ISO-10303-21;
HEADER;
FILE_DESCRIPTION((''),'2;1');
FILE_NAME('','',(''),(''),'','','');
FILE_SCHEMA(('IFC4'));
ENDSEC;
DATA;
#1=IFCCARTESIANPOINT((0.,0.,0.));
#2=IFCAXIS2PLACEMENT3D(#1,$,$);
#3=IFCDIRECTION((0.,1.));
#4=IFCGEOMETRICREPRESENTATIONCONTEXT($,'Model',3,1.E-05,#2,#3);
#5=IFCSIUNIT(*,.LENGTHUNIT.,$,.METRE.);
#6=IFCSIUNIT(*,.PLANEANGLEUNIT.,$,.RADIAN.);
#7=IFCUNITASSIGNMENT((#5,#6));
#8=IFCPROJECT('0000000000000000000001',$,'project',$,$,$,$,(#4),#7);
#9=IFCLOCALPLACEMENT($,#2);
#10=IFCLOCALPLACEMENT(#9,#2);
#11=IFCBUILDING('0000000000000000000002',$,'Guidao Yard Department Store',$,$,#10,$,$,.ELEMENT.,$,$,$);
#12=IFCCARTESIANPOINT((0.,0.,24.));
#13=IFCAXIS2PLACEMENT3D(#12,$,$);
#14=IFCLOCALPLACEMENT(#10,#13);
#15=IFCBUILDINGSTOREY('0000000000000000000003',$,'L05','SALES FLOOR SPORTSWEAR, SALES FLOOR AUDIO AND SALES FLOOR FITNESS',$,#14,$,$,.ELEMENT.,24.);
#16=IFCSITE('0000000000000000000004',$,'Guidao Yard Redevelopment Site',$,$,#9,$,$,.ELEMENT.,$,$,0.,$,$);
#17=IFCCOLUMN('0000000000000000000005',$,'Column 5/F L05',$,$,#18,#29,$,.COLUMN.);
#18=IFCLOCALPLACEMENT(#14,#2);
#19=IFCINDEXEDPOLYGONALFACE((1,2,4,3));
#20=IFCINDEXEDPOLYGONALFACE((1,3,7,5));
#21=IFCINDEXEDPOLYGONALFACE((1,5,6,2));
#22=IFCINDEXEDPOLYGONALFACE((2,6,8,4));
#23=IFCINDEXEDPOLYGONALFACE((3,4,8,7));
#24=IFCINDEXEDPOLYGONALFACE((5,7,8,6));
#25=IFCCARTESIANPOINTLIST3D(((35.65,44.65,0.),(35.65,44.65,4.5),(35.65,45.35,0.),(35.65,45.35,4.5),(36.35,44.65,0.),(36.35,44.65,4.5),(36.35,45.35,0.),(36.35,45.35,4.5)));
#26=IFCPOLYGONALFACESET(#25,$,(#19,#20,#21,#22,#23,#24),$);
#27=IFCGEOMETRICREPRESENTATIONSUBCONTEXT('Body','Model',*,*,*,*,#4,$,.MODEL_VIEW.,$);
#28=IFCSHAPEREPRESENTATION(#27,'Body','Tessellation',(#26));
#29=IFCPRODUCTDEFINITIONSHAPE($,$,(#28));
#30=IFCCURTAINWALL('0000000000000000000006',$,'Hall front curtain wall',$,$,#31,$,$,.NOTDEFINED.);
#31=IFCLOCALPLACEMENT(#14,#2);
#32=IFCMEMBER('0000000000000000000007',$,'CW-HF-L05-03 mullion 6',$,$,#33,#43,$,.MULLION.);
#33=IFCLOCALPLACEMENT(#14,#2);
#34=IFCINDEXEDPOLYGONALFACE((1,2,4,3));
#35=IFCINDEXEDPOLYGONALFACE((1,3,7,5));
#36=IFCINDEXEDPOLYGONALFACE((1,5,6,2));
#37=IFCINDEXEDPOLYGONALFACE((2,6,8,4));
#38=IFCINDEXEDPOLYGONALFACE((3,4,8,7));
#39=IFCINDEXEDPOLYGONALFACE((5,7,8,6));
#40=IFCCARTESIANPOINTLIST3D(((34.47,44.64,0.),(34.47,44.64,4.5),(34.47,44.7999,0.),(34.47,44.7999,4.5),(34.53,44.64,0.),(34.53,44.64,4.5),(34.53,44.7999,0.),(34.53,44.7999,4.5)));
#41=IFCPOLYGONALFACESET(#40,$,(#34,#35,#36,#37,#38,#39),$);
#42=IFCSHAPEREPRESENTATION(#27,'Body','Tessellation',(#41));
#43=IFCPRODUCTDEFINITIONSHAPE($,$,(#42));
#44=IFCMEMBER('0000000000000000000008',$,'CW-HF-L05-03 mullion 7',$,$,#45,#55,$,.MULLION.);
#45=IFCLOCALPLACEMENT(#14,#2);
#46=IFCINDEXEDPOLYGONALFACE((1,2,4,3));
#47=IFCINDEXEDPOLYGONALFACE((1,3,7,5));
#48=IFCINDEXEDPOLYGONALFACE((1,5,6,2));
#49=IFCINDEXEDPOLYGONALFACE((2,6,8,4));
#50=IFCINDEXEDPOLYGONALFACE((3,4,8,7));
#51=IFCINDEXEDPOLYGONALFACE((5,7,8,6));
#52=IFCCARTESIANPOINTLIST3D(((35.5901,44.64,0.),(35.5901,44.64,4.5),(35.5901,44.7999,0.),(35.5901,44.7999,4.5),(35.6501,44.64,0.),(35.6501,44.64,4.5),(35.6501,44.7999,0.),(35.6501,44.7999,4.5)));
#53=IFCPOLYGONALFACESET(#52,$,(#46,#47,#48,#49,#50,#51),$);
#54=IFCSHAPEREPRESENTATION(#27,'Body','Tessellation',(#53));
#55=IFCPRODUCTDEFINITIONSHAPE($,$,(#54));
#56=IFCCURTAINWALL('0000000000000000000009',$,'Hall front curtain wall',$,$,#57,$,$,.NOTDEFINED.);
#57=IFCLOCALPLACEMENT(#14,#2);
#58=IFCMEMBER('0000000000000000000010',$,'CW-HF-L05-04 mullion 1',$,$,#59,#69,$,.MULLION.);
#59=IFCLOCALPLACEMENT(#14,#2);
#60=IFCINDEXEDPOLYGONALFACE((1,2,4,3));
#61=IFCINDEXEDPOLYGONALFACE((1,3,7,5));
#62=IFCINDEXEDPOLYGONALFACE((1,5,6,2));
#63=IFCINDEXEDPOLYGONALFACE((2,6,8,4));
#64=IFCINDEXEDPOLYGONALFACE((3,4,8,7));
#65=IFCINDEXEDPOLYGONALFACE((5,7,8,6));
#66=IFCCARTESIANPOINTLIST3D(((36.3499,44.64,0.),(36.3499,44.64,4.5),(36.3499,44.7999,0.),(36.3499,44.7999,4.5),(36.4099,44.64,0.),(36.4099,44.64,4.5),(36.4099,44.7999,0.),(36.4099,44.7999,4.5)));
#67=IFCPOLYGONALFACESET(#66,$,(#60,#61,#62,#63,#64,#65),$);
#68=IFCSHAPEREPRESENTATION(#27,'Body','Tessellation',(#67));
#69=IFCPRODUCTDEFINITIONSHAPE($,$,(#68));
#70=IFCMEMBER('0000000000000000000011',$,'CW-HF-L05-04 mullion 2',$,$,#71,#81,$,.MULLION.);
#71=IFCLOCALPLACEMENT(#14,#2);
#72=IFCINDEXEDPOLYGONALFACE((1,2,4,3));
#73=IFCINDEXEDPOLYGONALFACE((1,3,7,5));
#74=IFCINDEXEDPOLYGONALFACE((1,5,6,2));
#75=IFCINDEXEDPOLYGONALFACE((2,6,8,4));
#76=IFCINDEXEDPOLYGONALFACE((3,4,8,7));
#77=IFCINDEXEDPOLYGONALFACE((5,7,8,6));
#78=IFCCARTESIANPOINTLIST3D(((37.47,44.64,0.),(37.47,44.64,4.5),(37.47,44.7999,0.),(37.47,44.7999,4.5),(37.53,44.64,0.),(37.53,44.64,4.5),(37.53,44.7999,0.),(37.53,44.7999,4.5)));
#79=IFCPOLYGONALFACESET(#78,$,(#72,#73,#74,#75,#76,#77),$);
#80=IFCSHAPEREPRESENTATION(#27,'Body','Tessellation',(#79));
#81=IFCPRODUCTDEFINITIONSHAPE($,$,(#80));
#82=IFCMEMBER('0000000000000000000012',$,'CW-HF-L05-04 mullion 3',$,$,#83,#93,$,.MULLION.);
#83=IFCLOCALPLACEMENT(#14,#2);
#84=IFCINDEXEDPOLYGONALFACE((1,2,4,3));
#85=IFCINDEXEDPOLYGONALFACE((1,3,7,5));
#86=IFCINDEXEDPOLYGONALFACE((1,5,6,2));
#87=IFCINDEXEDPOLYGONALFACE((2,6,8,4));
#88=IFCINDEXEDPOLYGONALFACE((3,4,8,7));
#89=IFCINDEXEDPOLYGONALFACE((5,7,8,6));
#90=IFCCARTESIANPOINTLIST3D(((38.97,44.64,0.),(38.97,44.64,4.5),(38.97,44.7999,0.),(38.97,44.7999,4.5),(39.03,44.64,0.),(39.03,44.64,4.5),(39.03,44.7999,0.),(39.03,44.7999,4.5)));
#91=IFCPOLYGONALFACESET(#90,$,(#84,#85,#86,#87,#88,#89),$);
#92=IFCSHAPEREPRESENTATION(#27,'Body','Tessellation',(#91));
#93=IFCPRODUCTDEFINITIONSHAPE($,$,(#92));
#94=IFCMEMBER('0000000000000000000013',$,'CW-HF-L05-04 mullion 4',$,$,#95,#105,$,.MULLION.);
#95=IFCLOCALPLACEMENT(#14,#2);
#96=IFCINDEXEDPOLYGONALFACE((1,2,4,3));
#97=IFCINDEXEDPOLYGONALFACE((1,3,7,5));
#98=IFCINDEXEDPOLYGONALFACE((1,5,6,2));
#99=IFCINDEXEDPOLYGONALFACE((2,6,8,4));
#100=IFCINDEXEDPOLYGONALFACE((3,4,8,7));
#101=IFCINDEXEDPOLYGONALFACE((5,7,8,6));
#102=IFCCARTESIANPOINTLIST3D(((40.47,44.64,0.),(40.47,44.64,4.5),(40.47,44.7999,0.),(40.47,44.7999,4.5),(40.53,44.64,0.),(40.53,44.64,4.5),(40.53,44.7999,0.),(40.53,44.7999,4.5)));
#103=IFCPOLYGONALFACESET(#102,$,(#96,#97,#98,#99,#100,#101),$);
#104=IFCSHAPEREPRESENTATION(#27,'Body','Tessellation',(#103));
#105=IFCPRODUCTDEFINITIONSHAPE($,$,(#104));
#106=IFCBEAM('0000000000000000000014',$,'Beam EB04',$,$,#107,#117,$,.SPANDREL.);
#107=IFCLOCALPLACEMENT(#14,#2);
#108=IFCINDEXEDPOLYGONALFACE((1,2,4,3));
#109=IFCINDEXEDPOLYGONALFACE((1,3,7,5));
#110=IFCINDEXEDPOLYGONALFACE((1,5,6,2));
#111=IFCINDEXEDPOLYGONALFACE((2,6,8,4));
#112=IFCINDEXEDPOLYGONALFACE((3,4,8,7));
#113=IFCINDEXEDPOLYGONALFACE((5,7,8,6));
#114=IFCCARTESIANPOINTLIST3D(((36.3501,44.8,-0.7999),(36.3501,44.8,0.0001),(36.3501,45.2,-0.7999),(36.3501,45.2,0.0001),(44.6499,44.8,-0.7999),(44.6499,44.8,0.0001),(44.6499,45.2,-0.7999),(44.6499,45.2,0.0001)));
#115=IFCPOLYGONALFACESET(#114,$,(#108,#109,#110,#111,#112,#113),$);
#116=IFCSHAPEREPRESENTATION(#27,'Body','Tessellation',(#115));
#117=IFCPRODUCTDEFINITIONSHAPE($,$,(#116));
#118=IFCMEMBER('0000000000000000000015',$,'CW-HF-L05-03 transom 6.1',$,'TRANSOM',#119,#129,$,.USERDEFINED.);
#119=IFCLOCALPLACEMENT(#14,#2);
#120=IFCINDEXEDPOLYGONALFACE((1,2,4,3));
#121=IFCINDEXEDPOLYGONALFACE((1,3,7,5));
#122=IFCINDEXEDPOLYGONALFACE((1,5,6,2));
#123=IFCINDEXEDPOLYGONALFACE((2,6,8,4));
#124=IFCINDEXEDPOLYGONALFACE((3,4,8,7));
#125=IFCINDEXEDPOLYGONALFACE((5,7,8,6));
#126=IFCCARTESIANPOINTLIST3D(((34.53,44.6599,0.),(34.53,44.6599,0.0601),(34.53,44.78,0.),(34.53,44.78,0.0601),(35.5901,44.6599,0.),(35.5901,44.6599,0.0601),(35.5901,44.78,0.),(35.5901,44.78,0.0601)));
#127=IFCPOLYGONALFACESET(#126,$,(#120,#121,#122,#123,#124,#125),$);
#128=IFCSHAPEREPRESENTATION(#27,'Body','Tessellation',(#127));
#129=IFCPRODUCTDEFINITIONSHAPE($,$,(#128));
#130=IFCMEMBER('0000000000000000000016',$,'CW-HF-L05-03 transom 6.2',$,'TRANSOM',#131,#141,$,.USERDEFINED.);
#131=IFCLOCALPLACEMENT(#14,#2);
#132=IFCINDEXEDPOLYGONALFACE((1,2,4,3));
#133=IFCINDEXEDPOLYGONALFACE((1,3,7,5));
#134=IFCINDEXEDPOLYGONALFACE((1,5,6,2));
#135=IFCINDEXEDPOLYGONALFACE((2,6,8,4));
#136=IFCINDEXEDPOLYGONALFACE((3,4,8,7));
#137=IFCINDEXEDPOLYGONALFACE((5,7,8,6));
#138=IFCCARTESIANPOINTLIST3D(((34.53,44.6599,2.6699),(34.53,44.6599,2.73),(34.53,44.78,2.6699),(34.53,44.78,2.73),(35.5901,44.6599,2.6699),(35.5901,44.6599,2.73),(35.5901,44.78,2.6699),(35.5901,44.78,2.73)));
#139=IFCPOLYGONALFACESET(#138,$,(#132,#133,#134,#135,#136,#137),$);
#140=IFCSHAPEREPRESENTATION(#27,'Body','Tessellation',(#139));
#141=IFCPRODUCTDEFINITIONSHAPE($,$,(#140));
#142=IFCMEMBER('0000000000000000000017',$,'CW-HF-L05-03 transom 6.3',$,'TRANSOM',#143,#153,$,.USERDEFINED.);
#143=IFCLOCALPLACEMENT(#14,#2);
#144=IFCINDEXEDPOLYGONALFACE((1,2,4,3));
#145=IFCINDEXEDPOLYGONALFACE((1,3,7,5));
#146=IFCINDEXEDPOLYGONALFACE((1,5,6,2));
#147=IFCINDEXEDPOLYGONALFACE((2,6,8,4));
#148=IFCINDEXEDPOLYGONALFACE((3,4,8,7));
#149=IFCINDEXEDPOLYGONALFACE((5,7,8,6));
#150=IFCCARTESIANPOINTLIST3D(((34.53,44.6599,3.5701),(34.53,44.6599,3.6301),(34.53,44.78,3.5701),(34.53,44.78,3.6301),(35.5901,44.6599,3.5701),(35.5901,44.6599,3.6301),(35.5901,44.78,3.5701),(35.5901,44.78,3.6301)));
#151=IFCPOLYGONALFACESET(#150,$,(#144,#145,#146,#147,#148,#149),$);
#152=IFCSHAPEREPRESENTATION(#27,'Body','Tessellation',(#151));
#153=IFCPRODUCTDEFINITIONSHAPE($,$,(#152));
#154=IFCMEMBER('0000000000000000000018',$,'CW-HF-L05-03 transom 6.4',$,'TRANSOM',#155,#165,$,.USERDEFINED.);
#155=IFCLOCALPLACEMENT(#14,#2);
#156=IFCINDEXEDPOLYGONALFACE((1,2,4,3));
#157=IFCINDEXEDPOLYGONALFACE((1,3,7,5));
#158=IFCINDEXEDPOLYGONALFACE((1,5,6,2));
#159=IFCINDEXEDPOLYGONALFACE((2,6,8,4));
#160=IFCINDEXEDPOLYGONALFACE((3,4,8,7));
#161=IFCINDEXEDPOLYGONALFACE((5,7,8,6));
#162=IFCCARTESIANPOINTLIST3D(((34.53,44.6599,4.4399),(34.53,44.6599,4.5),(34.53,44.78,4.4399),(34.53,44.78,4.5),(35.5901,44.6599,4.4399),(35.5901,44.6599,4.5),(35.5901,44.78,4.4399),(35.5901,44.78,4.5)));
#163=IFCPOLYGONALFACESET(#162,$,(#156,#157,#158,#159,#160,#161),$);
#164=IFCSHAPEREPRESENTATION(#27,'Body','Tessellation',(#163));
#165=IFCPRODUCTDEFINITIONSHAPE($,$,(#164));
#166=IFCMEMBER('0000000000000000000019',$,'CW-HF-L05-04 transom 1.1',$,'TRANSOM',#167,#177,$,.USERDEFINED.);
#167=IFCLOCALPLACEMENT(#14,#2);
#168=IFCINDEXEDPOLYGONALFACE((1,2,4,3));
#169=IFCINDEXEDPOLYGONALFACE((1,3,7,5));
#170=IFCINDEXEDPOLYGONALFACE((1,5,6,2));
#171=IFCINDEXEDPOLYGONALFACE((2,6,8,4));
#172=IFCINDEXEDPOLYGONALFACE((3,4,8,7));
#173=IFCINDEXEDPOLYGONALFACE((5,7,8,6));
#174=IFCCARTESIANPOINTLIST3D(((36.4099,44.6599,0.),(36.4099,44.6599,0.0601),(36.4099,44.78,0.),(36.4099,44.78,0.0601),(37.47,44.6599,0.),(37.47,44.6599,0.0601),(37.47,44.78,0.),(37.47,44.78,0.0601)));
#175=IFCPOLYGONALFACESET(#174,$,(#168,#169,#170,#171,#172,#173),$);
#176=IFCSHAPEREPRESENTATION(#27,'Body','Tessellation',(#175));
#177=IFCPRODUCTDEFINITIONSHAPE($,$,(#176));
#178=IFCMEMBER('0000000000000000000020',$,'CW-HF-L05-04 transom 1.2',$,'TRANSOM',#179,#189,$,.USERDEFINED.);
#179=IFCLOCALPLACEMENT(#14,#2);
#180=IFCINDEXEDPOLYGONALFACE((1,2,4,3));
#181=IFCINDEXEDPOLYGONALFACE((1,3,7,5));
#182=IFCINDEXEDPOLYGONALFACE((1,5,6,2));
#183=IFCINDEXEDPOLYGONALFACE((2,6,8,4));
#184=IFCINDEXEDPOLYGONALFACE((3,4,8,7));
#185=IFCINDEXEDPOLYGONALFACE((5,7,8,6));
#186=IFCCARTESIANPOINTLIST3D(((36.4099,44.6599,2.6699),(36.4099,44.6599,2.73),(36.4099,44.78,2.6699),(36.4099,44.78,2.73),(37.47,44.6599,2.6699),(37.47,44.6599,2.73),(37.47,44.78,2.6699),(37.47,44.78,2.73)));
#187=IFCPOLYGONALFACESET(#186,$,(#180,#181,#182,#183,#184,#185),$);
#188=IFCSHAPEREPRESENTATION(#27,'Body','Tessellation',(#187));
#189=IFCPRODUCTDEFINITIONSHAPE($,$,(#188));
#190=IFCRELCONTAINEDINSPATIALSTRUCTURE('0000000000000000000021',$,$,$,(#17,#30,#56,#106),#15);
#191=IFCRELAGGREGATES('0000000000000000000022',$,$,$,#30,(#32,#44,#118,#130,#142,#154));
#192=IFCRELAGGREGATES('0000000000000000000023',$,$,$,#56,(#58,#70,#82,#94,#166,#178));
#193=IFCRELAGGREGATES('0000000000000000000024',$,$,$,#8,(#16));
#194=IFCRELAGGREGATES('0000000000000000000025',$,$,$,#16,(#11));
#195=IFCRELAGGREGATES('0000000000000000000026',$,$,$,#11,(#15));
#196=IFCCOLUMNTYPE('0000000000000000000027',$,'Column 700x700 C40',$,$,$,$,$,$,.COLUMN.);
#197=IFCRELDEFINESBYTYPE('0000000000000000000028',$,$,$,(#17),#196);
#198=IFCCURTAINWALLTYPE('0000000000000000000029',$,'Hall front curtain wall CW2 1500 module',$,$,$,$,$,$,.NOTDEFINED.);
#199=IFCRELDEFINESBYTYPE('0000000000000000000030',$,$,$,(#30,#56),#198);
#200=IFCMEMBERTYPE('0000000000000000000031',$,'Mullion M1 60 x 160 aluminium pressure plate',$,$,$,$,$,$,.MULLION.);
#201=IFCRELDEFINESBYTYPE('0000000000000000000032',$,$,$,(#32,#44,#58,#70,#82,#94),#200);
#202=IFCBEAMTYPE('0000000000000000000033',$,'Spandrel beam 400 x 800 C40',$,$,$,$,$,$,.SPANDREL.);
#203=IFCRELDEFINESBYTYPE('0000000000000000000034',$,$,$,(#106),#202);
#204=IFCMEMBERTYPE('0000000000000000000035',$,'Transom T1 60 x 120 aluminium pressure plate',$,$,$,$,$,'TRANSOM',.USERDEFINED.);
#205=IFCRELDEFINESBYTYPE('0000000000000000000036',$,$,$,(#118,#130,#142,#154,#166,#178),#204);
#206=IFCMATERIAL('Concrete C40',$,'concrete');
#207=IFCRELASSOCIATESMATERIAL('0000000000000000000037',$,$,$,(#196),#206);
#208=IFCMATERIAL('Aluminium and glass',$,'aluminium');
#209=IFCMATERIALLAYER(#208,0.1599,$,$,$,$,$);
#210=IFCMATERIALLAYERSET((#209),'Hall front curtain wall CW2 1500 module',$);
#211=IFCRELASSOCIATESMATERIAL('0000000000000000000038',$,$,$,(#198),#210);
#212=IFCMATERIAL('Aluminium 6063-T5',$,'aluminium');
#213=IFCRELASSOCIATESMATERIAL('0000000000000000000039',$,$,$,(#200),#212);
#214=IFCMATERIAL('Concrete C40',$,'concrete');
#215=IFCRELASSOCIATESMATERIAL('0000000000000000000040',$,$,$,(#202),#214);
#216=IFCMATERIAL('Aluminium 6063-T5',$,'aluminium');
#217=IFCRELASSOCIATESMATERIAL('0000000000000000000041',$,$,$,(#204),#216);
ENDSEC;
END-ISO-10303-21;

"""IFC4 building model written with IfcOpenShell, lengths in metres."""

from ifc_helpers import new_model, si_unit, direction, frame, origin, origin_2d, place, context, subcontext, project, spatial, rectangle, extrude, material, layer, layer_set, material_profile, profile_set, type_object, element, aggregate, save


model = new_model("IFC4")

# Units and contexts
model_context = context("Model", 3, precision=1e-05, world=origin(), true_north=direction((0.0, 1.0)))
body_context = subcontext(model_context, "Body", "Model", "MODEL_VIEW")
ifc_project = project(units=[si_unit("LENGTHUNIT", "METRE"), si_unit("PLANEANGLEUNIT", "RADIAN")], contexts=[model_context])

# Site, building, storey
site_placement = place(None, origin())
site = spatial("IfcSite", under=ifc_project, at=site_placement, Name="Guidao Yard Redevelopment Site", CompositionType="ELEMENT", RefElevation=0.0)
building_placement = place(site_placement, origin())
building = spatial("IfcBuilding", under=site, at=building_placement, Name="Guidao Yard Department Store", CompositionType="ELEMENT")
storey_placement = place(building_placement, frame((0.0, 0.0, 24.0)))
storey = spatial("IfcBuildingStorey", under=building, at=storey_placement, Name="L05", Description="SALES FLOOR SPORTSWEAR, SALES FLOOR AUDIO AND SALES FLOOR FITNESS", CompositionType="ELEMENT", Elevation=24.0)

# Column
ifc_material_1 = material(Name="Concrete C40", Category="concrete")
ifc_material_profile_1 = material_profile(ifc_material_1, rectangle(XDim=0.7, YDim=0.7, at=origin_2d()), Name="COL 700x700")
ifc_profile_set_1 = profile_set([ifc_material_profile_1], Name="Concrete C40")
column_type = type_object("IfcColumnType", Name="Column 700x700 C40", PredefinedType="COLUMN", material=ifc_profile_set_1)
column_placement = place(storey_placement, frame((36.0, 45.0, 0.0), z_axis=(0.0, 0.0, 1.0), x_axis=(1.0, 0.0, 0.0)))
element("IfcColumn", 1, at=column_placement, inside=storey, type_object=column_type, Name="Column 5/F L05", PredefinedType="COLUMN", context=body_context, shape_type="SweptSolid", body=[
    extrude(rectangle(XDim=0.7, YDim=0.7, at=origin_2d()), origin(), (0.0, 0.0, 1.0), 4.5),
])

# Curtain walls, members
ifc_material_2 = material(Name="Aluminium and glass", Category="aluminium")
ifc_layer_1 = layer(ifc_material_2, 0.1599)
ifc_layer_set_1 = layer_set([ifc_layer_1], Name="Hall front curtain wall CW2 1500 module")
curtain_wall_type = type_object("IfcCurtainWallType", Name="Hall front curtain wall CW2 1500 module", PredefinedType="NOTDEFINED", material=ifc_layer_set_1)
curtain_wall_1_placement = place(storey_placement, origin())
curtain_wall_1 = element("IfcCurtainWall", 2, at=curtain_wall_1_placement, inside=storey, type_object=curtain_wall_type, Name="Hall front curtain wall", PredefinedType="NOTDEFINED")
ifc_material_3 = material(Name="Aluminium 6063-T5", Category="aluminium")
ifc_material_profile_2 = material_profile(ifc_material_3, rectangle(XDim=0.0601, YDim=0.1599, at=origin_2d()), Name="Mullion M1 60 x 160 aluminium pressure plate")
ifc_profile_set_2 = profile_set([ifc_material_profile_2], Name="Aluminium 6063-T5")
member_type_1 = type_object("IfcMemberType", Name="Mullion M1 60 x 160 aluminium pressure plate", PredefinedType="MULLION", material=ifc_profile_set_2)
member_1_placement = place(storey_placement, frame((34.5, 44.72, 0.0), z_axis=(0.0, 0.0, 1.0), x_axis=(-1.0, 0.0, 0.0)))
member_1 = element("IfcMember", 3, at=member_1_placement, type_object=member_type_1, Name="CW-HF-L05-03 mullion 6", PredefinedType="MULLION", context=body_context, shape_type="SweptSolid", body=[
    extrude(rectangle(XDim=0.0601, YDim=0.1599, at=origin_2d()), origin(), (0.0, 0.0, 1.0), 4.5),
])
member_2_placement = place(storey_placement, frame((35.6201, 44.72, 0.0), z_axis=(0.0, 0.0, 1.0), x_axis=(-1.0, 0.0, 0.0)))
member_2 = element("IfcMember", 4, at=member_2_placement, type_object=member_type_1, Name="CW-HF-L05-03 mullion 7", PredefinedType="MULLION", context=body_context, shape_type="SweptSolid", body=[
    extrude(rectangle(XDim=0.0601, YDim=0.1599, at=origin_2d()), origin(), (0.0, 0.0, 1.0), 4.5),
])
curtain_wall_2_placement = place(storey_placement, origin())
curtain_wall_2 = element("IfcCurtainWall", 5, at=curtain_wall_2_placement, inside=storey, type_object=curtain_wall_type, Name="Hall front curtain wall", PredefinedType="NOTDEFINED")
member_3_placement = place(storey_placement, frame((36.3799, 44.72, 0.0), z_axis=(0.0, 0.0, 1.0), x_axis=(-1.0, 0.0, 0.0)))
member_3 = element("IfcMember", 6, at=member_3_placement, type_object=member_type_1, Name="CW-HF-L05-04 mullion 1", PredefinedType="MULLION", context=body_context, shape_type="SweptSolid", body=[
    extrude(rectangle(XDim=0.0601, YDim=0.1599, at=origin_2d()), origin(), (0.0, 0.0, 1.0), 4.5),
])
member_4_placement = place(storey_placement, frame((37.5, 44.72, 0.0), z_axis=(0.0, 0.0, 1.0), x_axis=(-1.0, 0.0, 0.0)))
member_4 = element("IfcMember", 7, at=member_4_placement, type_object=member_type_1, Name="CW-HF-L05-04 mullion 2", PredefinedType="MULLION", context=body_context, shape_type="SweptSolid", body=[
    extrude(rectangle(XDim=0.0601, YDim=0.1599, at=origin_2d()), origin(), (0.0, 0.0, 1.0), 4.5),
])
member_5_placement = place(storey_placement, frame((39.0, 44.72, 0.0), z_axis=(0.0, 0.0, 1.0), x_axis=(-1.0, 0.0, 0.0)))
member_5 = element("IfcMember", 8, at=member_5_placement, type_object=member_type_1, Name="CW-HF-L05-04 mullion 3", PredefinedType="MULLION", context=body_context, shape_type="SweptSolid", body=[
    extrude(rectangle(XDim=0.0601, YDim=0.1599, at=origin_2d()), origin(), (0.0, 0.0, 1.0), 4.5),
])
member_6_placement = place(storey_placement, frame((40.5, 44.72, 0.0), z_axis=(0.0, 0.0, 1.0), x_axis=(-1.0, 0.0, 0.0)))
member_6 = element("IfcMember", 9, at=member_6_placement, type_object=member_type_1, Name="CW-HF-L05-04 mullion 4", PredefinedType="MULLION", context=body_context, shape_type="SweptSolid", body=[
    extrude(rectangle(XDim=0.0601, YDim=0.1599, at=origin_2d()), origin(), (0.0, 0.0, 1.0), 4.5),
])

# Beam
ifc_material_4 = material(Name="Concrete C40", Category="concrete")
ifc_material_profile_3 = material_profile(ifc_material_4, rectangle(XDim=0.3999, YDim=0.8, at=origin_2d()), Name="Spandrel beam 400 x 800 C40")
ifc_profile_set_3 = profile_set([ifc_material_profile_3], Name="Concrete C40")
beam_type = type_object("IfcBeamType", Name="Spandrel beam 400 x 800 C40", PredefinedType="SPANDREL", material=ifc_profile_set_3)
beam_placement = place(storey_placement, frame((36.3501, 45.0, -0.3999), z_axis=(1.0, 0.0, 0.0), x_axis=(0.0, 1.0, 0.0)))
element("IfcBeam", 10, at=beam_placement, inside=storey, type_object=beam_type, Name="Beam EB04", PredefinedType="SPANDREL", context=body_context, shape_type="SweptSolid", body=[
    extrude(rectangle(XDim=0.3999, YDim=0.8, at=origin_2d()), origin(), (0.0, 0.0, 1.0), 8.2998),
])

# Members
ifc_material_5 = material(Name="Aluminium 6063-T5", Category="aluminium")
ifc_material_profile_4 = material_profile(ifc_material_5, rectangle(XDim=0.1201, YDim=0.0601, at=origin_2d()), Name="Transom T1 60 x 120 aluminium pressure plate")
ifc_profile_set_4 = profile_set([ifc_material_profile_4], Name="Aluminium 6063-T5")
member_type_2 = type_object("IfcMemberType", Name="Transom T1 60 x 120 aluminium pressure plate", ElementType="TRANSOM", PredefinedType="USERDEFINED", material=ifc_profile_set_4)
member_7_placement = place(storey_placement, frame((35.5901, 44.72, 0.03), z_axis=(-1.0, 0.0, 0.0), x_axis=(0.0, -1.0, 0.0)))
member_7 = element("IfcMember", 11, at=member_7_placement, type_object=member_type_2, Name="CW-HF-L05-03 transom 6.1", ObjectType="TRANSOM", PredefinedType="USERDEFINED", context=body_context, shape_type="SweptSolid", body=[
    extrude(rectangle(XDim=0.1201, YDim=0.0601, at=origin_2d()), origin(), (0.0, 0.0, 1.0), 1.0601),
])
member_8_placement = place(storey_placement, frame((35.5901, 44.72, 2.7), z_axis=(-1.0, 0.0, 0.0), x_axis=(0.0, -1.0, 0.0)))
member_8 = element("IfcMember", 12, at=member_8_placement, type_object=member_type_2, Name="CW-HF-L05-03 transom 6.2", ObjectType="TRANSOM", PredefinedType="USERDEFINED", context=body_context, shape_type="SweptSolid", body=[
    extrude(rectangle(XDim=0.1201, YDim=0.0601, at=origin_2d()), origin(), (0.0, 0.0, 1.0), 1.0601),
])
member_9_placement = place(storey_placement, frame((35.5901, 44.72, 3.6001), z_axis=(-1.0, 0.0, 0.0), x_axis=(0.0, -1.0, 0.0)))
member_9 = element("IfcMember", 13, at=member_9_placement, type_object=member_type_2, Name="CW-HF-L05-03 transom 6.3", ObjectType="TRANSOM", PredefinedType="USERDEFINED", context=body_context, shape_type="SweptSolid", body=[
    extrude(rectangle(XDim=0.1201, YDim=0.0601, at=origin_2d()), origin(), (0.0, 0.0, 1.0), 1.0601),
])
member_10_placement = place(storey_placement, frame((35.5901, 44.72, 4.47), z_axis=(-1.0, 0.0, 0.0), x_axis=(0.0, -1.0, 0.0)))
member_10 = element("IfcMember", 14, at=member_10_placement, type_object=member_type_2, Name="CW-HF-L05-03 transom 6.4", ObjectType="TRANSOM", PredefinedType="USERDEFINED", context=body_context, shape_type="SweptSolid", body=[
    extrude(rectangle(XDim=0.1201, YDim=0.0601, at=origin_2d()), origin(), (0.0, 0.0, 1.0), 1.0601),
])
member_11_placement = place(storey_placement, frame((37.47, 44.72, 0.03), z_axis=(-1.0, 0.0, 0.0), x_axis=(0.0, -1.0, 0.0)))
member_11 = element("IfcMember", 15, at=member_11_placement, type_object=member_type_2, Name="CW-HF-L05-04 transom 1.1", ObjectType="TRANSOM", PredefinedType="USERDEFINED", context=body_context, shape_type="SweptSolid", body=[
    extrude(rectangle(XDim=0.1201, YDim=0.0601, at=origin_2d()), origin(), (0.0, 0.0, 1.0), 1.0601),
])
member_12_placement = place(storey_placement, frame((37.47, 44.72, 2.7), z_axis=(-1.0, 0.0, 0.0), x_axis=(0.0, -1.0, 0.0)))
member_12 = element("IfcMember", 16, at=member_12_placement, type_object=member_type_2, Name="CW-HF-L05-04 transom 1.2", ObjectType="TRANSOM", PredefinedType="USERDEFINED", context=body_context, shape_type="SweptSolid", body=[
    extrude(rectangle(XDim=0.1201, YDim=0.0601, at=origin_2d()), origin(), (0.0, 0.0, 1.0), 1.0601),
])

aggregate(curtain_wall_1, [member_1, member_2, member_7, member_8, member_9, member_10])
aggregate(curtain_wall_2, [member_3, member_4, member_5, member_6, member_11, member_12])

save(model, "model.ifc")
